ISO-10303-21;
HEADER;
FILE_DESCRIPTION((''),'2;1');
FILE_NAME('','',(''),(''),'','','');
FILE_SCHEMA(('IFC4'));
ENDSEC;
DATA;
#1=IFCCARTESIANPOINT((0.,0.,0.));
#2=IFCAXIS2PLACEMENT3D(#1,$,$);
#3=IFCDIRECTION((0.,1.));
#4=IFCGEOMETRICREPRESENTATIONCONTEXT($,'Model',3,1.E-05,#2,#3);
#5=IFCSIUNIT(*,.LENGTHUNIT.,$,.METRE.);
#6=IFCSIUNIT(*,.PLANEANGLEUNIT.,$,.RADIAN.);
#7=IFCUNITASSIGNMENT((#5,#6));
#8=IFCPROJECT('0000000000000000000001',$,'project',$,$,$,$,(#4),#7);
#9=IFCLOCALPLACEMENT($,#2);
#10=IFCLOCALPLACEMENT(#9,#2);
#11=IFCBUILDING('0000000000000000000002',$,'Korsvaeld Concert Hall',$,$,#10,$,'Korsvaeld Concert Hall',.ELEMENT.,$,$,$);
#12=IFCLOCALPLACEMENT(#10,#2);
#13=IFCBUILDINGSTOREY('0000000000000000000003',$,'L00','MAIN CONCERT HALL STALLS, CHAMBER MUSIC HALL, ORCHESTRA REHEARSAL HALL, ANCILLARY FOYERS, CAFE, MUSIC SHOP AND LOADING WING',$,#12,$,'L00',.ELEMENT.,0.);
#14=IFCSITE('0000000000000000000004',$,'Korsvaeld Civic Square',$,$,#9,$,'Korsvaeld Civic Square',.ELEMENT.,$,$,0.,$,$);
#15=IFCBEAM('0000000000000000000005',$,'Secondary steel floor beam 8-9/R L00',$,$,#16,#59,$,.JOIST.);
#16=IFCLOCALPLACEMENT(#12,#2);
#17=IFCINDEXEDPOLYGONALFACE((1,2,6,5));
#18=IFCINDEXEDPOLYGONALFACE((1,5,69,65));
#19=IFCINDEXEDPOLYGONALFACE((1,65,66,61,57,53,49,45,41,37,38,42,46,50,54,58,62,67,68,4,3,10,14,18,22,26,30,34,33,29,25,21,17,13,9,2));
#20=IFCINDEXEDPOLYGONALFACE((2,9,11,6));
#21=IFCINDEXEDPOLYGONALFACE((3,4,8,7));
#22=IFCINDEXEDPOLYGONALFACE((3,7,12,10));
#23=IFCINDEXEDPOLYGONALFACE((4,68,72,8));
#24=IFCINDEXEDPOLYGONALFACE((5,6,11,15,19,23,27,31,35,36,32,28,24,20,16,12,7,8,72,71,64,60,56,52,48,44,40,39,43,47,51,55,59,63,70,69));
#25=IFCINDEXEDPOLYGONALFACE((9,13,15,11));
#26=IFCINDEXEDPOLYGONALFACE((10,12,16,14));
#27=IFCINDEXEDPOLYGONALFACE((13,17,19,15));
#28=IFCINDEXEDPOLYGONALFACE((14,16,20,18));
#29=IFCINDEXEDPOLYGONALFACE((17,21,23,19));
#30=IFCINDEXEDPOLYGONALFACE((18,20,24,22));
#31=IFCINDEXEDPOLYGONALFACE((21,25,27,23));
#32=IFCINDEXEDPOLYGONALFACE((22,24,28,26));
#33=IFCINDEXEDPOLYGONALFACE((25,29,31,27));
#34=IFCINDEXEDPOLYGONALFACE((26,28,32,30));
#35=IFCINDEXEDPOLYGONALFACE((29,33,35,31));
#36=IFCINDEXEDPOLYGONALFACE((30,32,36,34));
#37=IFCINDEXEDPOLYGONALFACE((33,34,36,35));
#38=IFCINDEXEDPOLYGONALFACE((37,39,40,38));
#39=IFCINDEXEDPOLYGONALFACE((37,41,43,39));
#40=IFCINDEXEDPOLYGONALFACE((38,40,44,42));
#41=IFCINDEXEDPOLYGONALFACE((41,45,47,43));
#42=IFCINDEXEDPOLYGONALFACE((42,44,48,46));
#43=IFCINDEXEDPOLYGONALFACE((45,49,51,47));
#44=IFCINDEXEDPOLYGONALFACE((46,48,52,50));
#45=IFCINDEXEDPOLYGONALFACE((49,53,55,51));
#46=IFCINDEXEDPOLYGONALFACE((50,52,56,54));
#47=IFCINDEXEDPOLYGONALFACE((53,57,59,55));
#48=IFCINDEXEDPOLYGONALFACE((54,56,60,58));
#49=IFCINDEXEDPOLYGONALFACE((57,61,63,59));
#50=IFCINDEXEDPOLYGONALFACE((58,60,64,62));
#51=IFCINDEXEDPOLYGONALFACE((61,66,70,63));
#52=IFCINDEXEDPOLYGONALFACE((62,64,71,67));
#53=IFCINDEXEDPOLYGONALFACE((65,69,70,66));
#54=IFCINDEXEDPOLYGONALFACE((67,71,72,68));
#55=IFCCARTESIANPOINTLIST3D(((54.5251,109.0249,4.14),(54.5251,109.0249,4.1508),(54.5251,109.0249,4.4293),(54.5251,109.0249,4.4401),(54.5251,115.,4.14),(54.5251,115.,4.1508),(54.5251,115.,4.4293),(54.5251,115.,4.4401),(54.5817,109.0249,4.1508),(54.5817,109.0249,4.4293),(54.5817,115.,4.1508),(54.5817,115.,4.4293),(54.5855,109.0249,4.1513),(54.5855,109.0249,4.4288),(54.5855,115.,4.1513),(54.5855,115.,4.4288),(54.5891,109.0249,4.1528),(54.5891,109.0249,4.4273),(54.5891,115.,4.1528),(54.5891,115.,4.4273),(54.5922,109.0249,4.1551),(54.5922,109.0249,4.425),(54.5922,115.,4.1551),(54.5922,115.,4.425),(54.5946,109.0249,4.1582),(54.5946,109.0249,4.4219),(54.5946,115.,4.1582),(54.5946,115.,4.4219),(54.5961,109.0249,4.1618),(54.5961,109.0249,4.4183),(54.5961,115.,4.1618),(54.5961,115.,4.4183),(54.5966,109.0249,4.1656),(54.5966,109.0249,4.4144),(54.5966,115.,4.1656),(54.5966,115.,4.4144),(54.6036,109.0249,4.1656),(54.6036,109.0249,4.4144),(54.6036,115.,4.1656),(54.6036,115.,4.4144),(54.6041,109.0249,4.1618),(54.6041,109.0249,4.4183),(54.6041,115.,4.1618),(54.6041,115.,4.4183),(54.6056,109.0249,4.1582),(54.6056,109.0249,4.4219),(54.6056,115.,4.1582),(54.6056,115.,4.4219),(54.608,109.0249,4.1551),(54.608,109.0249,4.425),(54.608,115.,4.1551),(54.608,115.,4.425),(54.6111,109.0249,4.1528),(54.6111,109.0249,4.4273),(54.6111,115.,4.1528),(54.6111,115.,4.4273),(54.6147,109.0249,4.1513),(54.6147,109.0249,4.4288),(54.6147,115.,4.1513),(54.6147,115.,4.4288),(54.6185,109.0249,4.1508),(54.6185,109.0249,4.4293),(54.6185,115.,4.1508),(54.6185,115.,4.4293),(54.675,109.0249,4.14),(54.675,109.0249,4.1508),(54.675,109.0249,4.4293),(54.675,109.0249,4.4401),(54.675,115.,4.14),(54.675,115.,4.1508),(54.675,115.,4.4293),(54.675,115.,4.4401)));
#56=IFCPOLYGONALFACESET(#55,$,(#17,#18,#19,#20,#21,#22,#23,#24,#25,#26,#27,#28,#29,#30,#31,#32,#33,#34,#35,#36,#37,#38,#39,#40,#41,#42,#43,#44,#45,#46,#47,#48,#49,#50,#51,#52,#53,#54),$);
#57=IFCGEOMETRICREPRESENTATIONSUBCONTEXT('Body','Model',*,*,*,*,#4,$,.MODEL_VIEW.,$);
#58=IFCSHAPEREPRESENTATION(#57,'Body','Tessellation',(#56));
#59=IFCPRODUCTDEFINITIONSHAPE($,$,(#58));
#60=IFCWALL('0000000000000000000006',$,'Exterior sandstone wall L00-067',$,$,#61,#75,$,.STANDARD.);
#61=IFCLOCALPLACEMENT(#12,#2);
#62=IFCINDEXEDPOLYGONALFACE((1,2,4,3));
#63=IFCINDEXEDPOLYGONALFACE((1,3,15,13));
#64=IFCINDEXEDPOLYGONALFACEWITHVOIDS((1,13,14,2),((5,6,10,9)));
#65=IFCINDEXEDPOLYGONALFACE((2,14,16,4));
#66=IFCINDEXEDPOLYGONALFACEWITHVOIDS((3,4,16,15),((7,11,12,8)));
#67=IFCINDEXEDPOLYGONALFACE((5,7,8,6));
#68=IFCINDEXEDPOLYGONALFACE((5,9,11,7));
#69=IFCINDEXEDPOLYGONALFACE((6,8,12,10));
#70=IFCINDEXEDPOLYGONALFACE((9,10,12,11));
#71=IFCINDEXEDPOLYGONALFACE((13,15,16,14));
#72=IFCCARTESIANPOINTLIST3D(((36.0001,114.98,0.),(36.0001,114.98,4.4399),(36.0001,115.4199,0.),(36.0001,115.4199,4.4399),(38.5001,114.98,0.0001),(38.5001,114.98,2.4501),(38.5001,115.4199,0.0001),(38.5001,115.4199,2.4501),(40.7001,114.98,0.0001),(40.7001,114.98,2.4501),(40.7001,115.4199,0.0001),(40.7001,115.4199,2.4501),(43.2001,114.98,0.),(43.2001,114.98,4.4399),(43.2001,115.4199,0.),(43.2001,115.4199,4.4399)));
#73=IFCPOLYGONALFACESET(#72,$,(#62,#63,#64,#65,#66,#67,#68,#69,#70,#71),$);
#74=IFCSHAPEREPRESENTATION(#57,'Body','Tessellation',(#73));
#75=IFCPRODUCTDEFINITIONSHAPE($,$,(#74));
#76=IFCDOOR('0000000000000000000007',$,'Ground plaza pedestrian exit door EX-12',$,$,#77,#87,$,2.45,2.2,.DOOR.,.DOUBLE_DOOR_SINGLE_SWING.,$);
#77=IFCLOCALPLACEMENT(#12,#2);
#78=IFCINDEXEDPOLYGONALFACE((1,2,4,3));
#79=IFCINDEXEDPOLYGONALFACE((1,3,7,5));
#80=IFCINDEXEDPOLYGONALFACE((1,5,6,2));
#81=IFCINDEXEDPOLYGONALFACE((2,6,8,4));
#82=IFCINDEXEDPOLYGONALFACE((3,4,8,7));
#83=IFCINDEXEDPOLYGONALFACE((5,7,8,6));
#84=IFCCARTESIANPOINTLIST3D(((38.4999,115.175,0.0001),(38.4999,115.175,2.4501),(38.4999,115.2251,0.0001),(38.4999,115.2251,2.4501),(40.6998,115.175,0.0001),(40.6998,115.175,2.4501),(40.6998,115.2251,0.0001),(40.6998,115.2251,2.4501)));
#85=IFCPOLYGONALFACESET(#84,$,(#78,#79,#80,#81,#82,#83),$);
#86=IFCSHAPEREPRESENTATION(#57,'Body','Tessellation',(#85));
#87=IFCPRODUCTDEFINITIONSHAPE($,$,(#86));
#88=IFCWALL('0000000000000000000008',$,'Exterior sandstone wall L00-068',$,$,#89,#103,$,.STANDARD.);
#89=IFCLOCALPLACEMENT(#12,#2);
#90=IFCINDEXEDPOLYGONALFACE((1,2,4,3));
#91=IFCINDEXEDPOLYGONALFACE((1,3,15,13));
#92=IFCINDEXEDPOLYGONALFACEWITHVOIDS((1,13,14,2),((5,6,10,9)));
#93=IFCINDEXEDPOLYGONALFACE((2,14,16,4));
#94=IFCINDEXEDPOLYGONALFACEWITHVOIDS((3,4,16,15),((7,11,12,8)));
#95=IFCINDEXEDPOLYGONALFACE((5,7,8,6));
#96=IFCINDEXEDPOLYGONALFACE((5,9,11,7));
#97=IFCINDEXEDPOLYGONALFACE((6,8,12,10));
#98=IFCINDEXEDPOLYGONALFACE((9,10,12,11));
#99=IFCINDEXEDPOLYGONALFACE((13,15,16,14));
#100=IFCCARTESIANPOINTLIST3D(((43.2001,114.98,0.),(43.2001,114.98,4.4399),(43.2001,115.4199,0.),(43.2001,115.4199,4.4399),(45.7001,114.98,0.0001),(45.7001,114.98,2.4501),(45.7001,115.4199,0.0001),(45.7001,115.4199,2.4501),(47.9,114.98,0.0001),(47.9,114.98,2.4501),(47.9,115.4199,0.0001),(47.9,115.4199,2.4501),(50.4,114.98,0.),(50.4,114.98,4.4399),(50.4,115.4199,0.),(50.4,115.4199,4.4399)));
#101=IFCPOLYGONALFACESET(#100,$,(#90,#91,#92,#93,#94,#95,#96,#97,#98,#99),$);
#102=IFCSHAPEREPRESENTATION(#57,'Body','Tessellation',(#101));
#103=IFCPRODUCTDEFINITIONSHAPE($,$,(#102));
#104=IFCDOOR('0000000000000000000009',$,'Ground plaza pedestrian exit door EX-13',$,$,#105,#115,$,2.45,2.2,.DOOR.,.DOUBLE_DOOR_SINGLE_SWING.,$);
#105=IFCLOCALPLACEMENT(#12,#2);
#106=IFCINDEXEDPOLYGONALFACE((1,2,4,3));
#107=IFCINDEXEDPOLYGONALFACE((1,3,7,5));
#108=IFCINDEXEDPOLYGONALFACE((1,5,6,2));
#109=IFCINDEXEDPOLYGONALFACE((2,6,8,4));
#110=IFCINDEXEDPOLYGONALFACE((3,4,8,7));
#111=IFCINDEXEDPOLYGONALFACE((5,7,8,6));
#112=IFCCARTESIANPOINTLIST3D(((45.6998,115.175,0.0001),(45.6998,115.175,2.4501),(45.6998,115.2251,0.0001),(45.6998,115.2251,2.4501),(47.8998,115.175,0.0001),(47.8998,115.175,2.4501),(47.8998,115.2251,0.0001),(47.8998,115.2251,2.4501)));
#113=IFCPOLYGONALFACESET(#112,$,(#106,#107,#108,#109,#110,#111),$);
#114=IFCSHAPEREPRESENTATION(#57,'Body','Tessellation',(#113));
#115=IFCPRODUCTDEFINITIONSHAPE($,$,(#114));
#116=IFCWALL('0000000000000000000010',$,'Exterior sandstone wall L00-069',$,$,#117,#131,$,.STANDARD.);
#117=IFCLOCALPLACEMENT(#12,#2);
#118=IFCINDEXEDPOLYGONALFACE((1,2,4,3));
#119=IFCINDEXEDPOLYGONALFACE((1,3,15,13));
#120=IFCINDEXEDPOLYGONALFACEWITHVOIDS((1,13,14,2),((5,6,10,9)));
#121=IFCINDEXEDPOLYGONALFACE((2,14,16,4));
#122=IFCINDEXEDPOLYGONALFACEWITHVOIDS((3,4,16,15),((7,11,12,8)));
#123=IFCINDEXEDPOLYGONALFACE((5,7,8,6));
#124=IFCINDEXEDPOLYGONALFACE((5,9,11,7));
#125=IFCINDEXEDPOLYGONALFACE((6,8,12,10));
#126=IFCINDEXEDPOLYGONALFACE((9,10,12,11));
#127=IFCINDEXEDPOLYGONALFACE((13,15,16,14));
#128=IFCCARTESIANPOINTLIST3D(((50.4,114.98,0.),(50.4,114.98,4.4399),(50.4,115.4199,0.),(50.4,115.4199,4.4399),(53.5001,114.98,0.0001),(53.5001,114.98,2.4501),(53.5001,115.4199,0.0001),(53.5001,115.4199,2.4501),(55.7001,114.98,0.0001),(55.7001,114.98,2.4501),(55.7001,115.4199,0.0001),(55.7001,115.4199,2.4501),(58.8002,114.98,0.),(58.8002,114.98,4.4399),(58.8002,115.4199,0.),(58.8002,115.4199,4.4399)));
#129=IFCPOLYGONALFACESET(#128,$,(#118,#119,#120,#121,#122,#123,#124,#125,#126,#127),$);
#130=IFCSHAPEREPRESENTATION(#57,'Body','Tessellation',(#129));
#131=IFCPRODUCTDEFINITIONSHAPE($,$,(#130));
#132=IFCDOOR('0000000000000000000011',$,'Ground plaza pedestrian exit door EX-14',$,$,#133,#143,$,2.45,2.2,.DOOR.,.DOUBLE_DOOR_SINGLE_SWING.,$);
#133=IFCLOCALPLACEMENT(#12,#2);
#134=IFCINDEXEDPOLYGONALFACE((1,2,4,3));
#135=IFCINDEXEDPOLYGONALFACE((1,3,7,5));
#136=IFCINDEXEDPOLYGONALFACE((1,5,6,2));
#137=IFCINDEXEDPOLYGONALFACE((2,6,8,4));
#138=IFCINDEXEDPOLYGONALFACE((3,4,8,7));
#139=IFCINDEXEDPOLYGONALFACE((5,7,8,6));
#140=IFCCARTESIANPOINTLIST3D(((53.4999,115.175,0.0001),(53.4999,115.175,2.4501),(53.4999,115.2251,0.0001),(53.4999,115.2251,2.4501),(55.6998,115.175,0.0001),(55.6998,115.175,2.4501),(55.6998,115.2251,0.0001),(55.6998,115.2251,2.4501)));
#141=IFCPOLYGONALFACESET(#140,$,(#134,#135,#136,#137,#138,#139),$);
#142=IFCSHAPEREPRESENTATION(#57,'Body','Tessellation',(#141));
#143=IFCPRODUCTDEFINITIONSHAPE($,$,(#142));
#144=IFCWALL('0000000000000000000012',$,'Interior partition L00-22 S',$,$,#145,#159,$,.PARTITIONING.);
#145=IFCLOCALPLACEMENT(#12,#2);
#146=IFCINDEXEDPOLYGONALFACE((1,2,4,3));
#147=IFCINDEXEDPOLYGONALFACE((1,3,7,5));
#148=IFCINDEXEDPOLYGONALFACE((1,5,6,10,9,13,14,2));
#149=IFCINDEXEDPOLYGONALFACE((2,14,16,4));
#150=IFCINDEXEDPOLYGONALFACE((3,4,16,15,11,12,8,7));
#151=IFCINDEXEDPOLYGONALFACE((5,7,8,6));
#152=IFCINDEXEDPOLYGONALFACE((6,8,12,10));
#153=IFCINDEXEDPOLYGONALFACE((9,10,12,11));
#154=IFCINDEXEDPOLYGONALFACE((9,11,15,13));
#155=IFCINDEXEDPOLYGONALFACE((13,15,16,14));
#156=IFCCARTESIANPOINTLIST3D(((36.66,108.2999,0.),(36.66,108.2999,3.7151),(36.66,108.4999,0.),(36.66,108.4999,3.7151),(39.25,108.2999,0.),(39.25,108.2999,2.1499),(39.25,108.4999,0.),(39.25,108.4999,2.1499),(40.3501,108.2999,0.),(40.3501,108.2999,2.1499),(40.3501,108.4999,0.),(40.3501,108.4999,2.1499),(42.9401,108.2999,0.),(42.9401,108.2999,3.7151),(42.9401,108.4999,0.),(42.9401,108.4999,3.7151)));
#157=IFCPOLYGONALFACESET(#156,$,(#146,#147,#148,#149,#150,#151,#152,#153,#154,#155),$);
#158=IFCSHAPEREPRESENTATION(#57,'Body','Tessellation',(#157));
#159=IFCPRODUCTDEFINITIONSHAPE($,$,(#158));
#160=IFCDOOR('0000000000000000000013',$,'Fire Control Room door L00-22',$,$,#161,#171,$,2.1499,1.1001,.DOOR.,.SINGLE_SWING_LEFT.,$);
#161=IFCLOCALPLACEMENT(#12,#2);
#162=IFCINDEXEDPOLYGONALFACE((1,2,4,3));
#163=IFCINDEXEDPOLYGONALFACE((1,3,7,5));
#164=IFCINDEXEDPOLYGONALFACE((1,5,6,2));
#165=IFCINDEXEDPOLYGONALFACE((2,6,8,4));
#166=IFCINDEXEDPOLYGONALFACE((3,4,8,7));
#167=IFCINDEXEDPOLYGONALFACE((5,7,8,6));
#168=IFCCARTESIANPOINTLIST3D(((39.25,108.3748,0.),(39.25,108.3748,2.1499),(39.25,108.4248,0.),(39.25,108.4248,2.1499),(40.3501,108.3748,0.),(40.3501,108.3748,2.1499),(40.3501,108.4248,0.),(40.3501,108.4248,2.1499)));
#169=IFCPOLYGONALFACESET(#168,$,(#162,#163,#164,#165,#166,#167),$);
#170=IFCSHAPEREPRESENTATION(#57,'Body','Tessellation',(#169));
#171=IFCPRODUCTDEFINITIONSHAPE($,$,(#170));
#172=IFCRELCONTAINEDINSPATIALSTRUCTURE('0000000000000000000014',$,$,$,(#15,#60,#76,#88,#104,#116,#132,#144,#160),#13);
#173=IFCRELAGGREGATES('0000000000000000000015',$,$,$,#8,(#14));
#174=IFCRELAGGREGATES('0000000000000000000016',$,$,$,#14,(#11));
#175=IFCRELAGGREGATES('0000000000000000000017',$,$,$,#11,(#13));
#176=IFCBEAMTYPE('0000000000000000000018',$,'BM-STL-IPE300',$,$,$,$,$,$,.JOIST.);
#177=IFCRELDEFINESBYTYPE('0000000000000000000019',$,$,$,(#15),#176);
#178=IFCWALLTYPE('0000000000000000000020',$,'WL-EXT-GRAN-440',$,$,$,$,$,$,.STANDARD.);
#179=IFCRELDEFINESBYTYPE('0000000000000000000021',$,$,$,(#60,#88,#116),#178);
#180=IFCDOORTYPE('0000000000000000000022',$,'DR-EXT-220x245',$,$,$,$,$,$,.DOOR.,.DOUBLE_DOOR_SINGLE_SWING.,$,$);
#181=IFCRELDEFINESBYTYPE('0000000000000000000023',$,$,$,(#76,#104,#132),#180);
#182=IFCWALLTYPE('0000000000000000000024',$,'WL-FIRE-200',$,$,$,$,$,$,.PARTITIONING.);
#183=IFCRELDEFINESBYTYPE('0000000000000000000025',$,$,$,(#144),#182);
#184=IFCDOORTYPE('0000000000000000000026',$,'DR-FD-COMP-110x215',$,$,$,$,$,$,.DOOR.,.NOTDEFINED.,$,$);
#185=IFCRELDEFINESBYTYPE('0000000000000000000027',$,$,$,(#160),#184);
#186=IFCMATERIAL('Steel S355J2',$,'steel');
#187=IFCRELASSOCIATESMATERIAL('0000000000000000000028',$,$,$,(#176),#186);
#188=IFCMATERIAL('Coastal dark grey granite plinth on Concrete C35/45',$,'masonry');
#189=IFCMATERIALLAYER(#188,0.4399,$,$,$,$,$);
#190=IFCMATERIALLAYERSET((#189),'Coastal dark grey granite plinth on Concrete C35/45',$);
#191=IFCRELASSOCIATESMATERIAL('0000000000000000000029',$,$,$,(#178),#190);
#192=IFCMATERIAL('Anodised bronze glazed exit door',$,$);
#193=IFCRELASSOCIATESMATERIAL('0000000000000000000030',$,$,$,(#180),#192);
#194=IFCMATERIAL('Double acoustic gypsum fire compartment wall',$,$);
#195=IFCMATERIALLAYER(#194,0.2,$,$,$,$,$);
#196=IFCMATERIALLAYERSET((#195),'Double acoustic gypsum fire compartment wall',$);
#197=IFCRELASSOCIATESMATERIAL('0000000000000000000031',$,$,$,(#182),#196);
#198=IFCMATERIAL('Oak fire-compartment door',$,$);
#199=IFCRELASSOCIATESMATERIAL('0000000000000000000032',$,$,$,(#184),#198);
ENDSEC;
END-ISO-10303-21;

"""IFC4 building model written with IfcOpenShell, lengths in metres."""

from ifc_helpers import new_model, si_unit, direction, frame, frame_2d, origin, origin_2d, place, context, subcontext, project, spatial, rectangle, i_section, extrude, material, layer, layer_set, material_profile, profile_set, type_object, element, fill, save


model = new_model("IFC4")

# Units and contexts
model_context = context("Model", 3, precision=1e-05, world=origin(), true_north=direction((0.0, 1.0)))
body_context = subcontext(model_context, "Body", "Model", "MODEL_VIEW")
ifc_project = project(units=[si_unit("LENGTHUNIT", "METRE"), si_unit("PLANEANGLEUNIT", "RADIAN")], contexts=[model_context])

# Site, building, storey
site_placement = place(None, origin())
site = spatial("IfcSite", under=ifc_project, at=site_placement, Name="Korsvaeld Civic Square", LongName="Korsvaeld Civic Square", CompositionType="ELEMENT", RefElevation=0.0)
building_placement = place(site_placement, origin())
building = spatial("IfcBuilding", under=site, at=building_placement, Name="Korsvaeld Concert Hall", LongName="Korsvaeld Concert Hall", CompositionType="ELEMENT")
storey_placement = place(building_placement, origin())
storey = spatial("IfcBuildingStorey", under=building, at=storey_placement, Name="L00", Description="MAIN CONCERT HALL STALLS, CHAMBER MUSIC HALL, ORCHESTRA REHEARSAL HALL, ANCILLARY FOYERS, CAFE, MUSIC SHOP AND LOADING WING", LongName="L00", CompositionType="ELEMENT", Elevation=0.0)

# Beam
ifc_material_1 = material(Name="Steel S355J2", Category="steel")
ifc_material_profile_1 = material_profile(ifc_material_1, i_section(OverallWidth=0.1499, OverallDepth=0.3, WebThickness=0.0071, FlangeThickness=0.0107, FilletRadius=0.0149, at=origin_2d()), Name="IPE 300")
ifc_profile_set_1 = profile_set([ifc_material_profile_1], Name="Steel S355J2")
beam_type_1 = type_object("IfcBeamType", Name="BM-STL-IPE300", PredefinedType="JOIST", material=ifc_profile_set_1)
beam_1_placement = place(storey_placement, frame((54.6001, 109.0249, 4.29), z_axis=(0.0, 1.0, 0.0), x_axis=(-1.0, 0.0, 0.0)))
element("IfcBeam", 1, at=beam_1_placement, inside=storey, type_object=beam_type_1, Name="Secondary steel floor beam 8-9/R L00", PredefinedType="JOIST", context=body_context, shape_type="SweptSolid", body=[
    extrude(i_section(OverallWidth=0.1499, OverallDepth=0.3, WebThickness=0.0071, FlangeThickness=0.0107, FilletRadius=0.0149, at=origin_2d()), origin(), (0.0, 0.0, 1.0), 5.9751),
])

# Walls, openings, doors
ifc_material_2 = material(Name="Coastal dark grey granite plinth on Concrete C35/45", Category="masonry")
ifc_layer_1 = layer(ifc_material_2, 0.4399)
ifc_layer_set_1 = layer_set([ifc_layer_1], Name="Coastal dark grey granite plinth on Concrete C35/45")
wall_type_1 = type_object("IfcWallType", Name="WL-EXT-GRAN-440", PredefinedType="STANDARD", material=ifc_layer_set_1)
wall_1_placement = place(storey_placement, frame((36.0, 115.2, 0.0), z_axis=(0.0, 0.0, 1.0), x_axis=(1.0, 0.0, 0.0)))
wall_1 = element("IfcWall", 2, at=wall_1_placement, inside=storey, type_object=wall_type_1, Name="Exterior sandstone wall L00-067", PredefinedType="STANDARD", context=body_context, shape_type="SweptSolid", body=[
    extrude(rectangle(XDim=7.2, YDim=0.4399, at=frame_2d((3.6001, 0.0))), origin(), (0.0, 0.0, 1.0), 4.4399),
])
opening_1_placement = place(wall_1_placement, frame((2.5, 0.0, 0.0)))
opening_1 = element("IfcOpeningElement", 3, at=opening_1_placement, cuts=wall_1, PredefinedType="OPENING", context=body_context, shape_type="SweptSolid", body=[
    extrude(rectangle(XDim=2.2, YDim=2.45, at=frame_2d((1.1001, 1.2251))), frame((0.0, 0.23, 0.0), z_axis=(0.0, -1.0, 0.0), x_axis=(1.0, 0.0, 0.0)), (0.0, 0.0, 1.0), 0.46),
])
ifc_material_3 = material(Name="Anodised bronze glazed exit door")
door_type_1 = type_object("IfcDoorType", Name="DR-EXT-220x245", OperationType="DOUBLE_DOOR_SINGLE_SWING", PredefinedType="DOOR", material=ifc_material_3)
door_1_placement = place(opening_1_placement, frame((2.2, 0.0, 0.0), z_axis=(0.0, 0.0, 1.0), x_axis=(-1.0, 0.0, 0.0)))
door_1 = element("IfcDoor", 4, at=door_1_placement, inside=storey, type_object=door_type_1, Name="Ground plaza pedestrian exit door EX-12", OperationType="DOUBLE_DOOR_SINGLE_SWING", OverallHeight=2.45, OverallWidth=2.2, PredefinedType="DOOR", context=body_context, shape_type="SweptSolid", body=[
    extrude(rectangle(XDim=2.2, YDim=2.45, at=frame_2d((1.1001, 1.2251))), frame((0.0, 0.0249, 0.0), z_axis=(0.0, -1.0, 0.0), x_axis=(1.0, 0.0, 0.0)), (0.0, 0.0, 1.0), 0.05),
])
fill(opening_1, door_1)
wall_2_placement = place(storey_placement, frame((43.2, 115.2, 0.0), z_axis=(0.0, 0.0, 1.0), x_axis=(1.0, 0.0, 0.0)))
wall_2 = element("IfcWall", 5, at=wall_2_placement, inside=storey, type_object=wall_type_1, Name="Exterior sandstone wall L00-068", PredefinedType="STANDARD", context=body_context, shape_type="SweptSolid", body=[
    extrude(rectangle(XDim=7.2, YDim=0.4399, at=frame_2d((3.6001, 0.0))), origin(), (0.0, 0.0, 1.0), 4.4399),
])
opening_2_placement = place(wall_2_placement, frame((2.5, 0.0, 0.0)))
opening_2 = element("IfcOpeningElement", 6, at=opening_2_placement, cuts=wall_2, PredefinedType="OPENING", context=body_context, shape_type="SweptSolid", body=[
    extrude(rectangle(XDim=2.2, YDim=2.45, at=frame_2d((1.1001, 1.2251))), frame((0.0, 0.23, 0.0), z_axis=(0.0, -1.0, 0.0), x_axis=(1.0, 0.0, 0.0)), (0.0, 0.0, 1.0), 0.46),
])
door_2_placement = place(opening_2_placement, frame((2.2, 0.0, 0.0), z_axis=(0.0, 0.0, 1.0), x_axis=(-1.0, 0.0, 0.0)))
door_2 = element("IfcDoor", 7, at=door_2_placement, inside=storey, type_object=door_type_1, Name="Ground plaza pedestrian exit door EX-13", OperationType="DOUBLE_DOOR_SINGLE_SWING", OverallHeight=2.45, OverallWidth=2.2, PredefinedType="DOOR", context=body_context, shape_type="SweptSolid", body=[
    extrude(rectangle(XDim=2.2, YDim=2.45, at=frame_2d((1.1001, 1.2251))), frame((0.0, 0.0249, 0.0), z_axis=(0.0, -1.0, 0.0), x_axis=(1.0, 0.0, 0.0)), (0.0, 0.0, 1.0), 0.05),
])
fill(opening_2, door_2)
wall_3_placement = place(storey_placement, frame((50.3999, 115.2, 0.0), z_axis=(0.0, 0.0, 1.0), x_axis=(1.0, 0.0, 0.0)))
wall_3 = element("IfcWall", 8, at=wall_3_placement, inside=storey, type_object=wall_type_1, Name="Exterior sandstone wall L00-069", PredefinedType="STANDARD", context=body_context, shape_type="SweptSolid", body=[
    extrude(rectangle(XDim=8.4001, YDim=0.4399, at=frame_2d((4.2002, 0.0))), origin(), (0.0, 0.0, 1.0), 4.4399),
])
opening_3_placement = place(wall_3_placement, frame((3.1001, 0.0, 0.0)))
opening_3 = element("IfcOpeningElement", 9, at=opening_3_placement, cuts=wall_3, PredefinedType="OPENING", context=body_context, shape_type="SweptSolid", body=[
    extrude(rectangle(XDim=2.2, YDim=2.45, at=frame_2d((1.1001, 1.2251))), frame((0.0, 0.23, 0.0), z_axis=(0.0, -1.0, 0.0), x_axis=(1.0, 0.0, 0.0)), (0.0, 0.0, 1.0), 0.46),
])
door_3_placement = place(opening_3_placement, frame((2.2, 0.0, 0.0), z_axis=(0.0, 0.0, 1.0), x_axis=(-1.0, 0.0, 0.0)))
door_3 = element("IfcDoor", 10, at=door_3_placement, inside=storey, type_object=door_type_1, Name="Ground plaza pedestrian exit door EX-14", OperationType="DOUBLE_DOOR_SINGLE_SWING", OverallHeight=2.45, OverallWidth=2.2, PredefinedType="DOOR", context=body_context, shape_type="SweptSolid", body=[
    extrude(rectangle(XDim=2.2, YDim=2.45, at=frame_2d((1.1001, 1.2251))), frame((0.0, 0.0249, 0.0), z_axis=(0.0, -1.0, 0.0), x_axis=(1.0, 0.0, 0.0)), (0.0, 0.0, 1.0), 0.05),
])
fill(opening_3, door_3)
ifc_material_4 = material(Name="Double acoustic gypsum fire compartment wall")
ifc_layer_2 = layer(ifc_material_4, 0.2)
ifc_layer_set_2 = layer_set([ifc_layer_2], Name="Double acoustic gypsum fire compartment wall")
wall_type_2 = type_object("IfcWallType", Name="WL-FIRE-200", PredefinedType="PARTITIONING", material=ifc_layer_set_2)
wall_4_placement = place(storey_placement, frame((36.6599, 108.3999, 0.0), z_axis=(0.0, 0.0, 1.0), x_axis=(1.0, 0.0, 0.0)))
wall_4 = element("IfcWall", 11, at=wall_4_placement, inside=storey, type_object=wall_type_2, Name="Interior partition L00-22 S", PredefinedType="PARTITIONING", context=body_context, shape_type="SweptSolid", body=[
    extrude(rectangle(XDim=6.28, YDim=0.2, at=frame_2d((3.1401, 0.0))), origin(), (0.0, 0.0, 1.0), 3.7151),
])
opening_4_placement = place(wall_4_placement, frame((2.5901, 0.0, 0.0)))
opening_4 = element("IfcOpeningElement", 12, at=opening_4_placement, cuts=wall_4, PredefinedType="OPENING", context=body_context, shape_type="SweptSolid", body=[
    extrude(rectangle(XDim=1.1001, YDim=2.1499, at=frame_2d((0.55, 1.075))), frame((0.0, 0.1099, 0.0), z_axis=(0.0, -1.0, 0.0), x_axis=(1.0, 0.0, 0.0)), (0.0, 0.0, 1.0), 0.22),
])
ifc_material_5 = material(Name="Oak fire-compartment door")
door_type_2 = type_object("IfcDoorType", Name="DR-FD-COMP-110x215", OperationType="NOTDEFINED", PredefinedType="DOOR", material=ifc_material_5)
door_4_placement = place(opening_4_placement, origin())
door_4 = element("IfcDoor", 13, at=door_4_placement, inside=storey, type_object=door_type_2, Name="Fire Control Room door L00-22", OperationType="SINGLE_SWING_LEFT", OverallHeight=2.1499, OverallWidth=1.1001, PredefinedType="DOOR", context=body_context, shape_type="SweptSolid", body=[
    extrude(rectangle(XDim=1.1001, YDim=2.1499, at=frame_2d((0.55, 1.075))), frame((0.0, 0.0249, 0.0), z_axis=(0.0, -1.0, 0.0), x_axis=(1.0, 0.0, 0.0)), (0.0, 0.0, 1.0), 0.05),
])
fill(opening_4, door_4)

save(model, "model.ifc")
